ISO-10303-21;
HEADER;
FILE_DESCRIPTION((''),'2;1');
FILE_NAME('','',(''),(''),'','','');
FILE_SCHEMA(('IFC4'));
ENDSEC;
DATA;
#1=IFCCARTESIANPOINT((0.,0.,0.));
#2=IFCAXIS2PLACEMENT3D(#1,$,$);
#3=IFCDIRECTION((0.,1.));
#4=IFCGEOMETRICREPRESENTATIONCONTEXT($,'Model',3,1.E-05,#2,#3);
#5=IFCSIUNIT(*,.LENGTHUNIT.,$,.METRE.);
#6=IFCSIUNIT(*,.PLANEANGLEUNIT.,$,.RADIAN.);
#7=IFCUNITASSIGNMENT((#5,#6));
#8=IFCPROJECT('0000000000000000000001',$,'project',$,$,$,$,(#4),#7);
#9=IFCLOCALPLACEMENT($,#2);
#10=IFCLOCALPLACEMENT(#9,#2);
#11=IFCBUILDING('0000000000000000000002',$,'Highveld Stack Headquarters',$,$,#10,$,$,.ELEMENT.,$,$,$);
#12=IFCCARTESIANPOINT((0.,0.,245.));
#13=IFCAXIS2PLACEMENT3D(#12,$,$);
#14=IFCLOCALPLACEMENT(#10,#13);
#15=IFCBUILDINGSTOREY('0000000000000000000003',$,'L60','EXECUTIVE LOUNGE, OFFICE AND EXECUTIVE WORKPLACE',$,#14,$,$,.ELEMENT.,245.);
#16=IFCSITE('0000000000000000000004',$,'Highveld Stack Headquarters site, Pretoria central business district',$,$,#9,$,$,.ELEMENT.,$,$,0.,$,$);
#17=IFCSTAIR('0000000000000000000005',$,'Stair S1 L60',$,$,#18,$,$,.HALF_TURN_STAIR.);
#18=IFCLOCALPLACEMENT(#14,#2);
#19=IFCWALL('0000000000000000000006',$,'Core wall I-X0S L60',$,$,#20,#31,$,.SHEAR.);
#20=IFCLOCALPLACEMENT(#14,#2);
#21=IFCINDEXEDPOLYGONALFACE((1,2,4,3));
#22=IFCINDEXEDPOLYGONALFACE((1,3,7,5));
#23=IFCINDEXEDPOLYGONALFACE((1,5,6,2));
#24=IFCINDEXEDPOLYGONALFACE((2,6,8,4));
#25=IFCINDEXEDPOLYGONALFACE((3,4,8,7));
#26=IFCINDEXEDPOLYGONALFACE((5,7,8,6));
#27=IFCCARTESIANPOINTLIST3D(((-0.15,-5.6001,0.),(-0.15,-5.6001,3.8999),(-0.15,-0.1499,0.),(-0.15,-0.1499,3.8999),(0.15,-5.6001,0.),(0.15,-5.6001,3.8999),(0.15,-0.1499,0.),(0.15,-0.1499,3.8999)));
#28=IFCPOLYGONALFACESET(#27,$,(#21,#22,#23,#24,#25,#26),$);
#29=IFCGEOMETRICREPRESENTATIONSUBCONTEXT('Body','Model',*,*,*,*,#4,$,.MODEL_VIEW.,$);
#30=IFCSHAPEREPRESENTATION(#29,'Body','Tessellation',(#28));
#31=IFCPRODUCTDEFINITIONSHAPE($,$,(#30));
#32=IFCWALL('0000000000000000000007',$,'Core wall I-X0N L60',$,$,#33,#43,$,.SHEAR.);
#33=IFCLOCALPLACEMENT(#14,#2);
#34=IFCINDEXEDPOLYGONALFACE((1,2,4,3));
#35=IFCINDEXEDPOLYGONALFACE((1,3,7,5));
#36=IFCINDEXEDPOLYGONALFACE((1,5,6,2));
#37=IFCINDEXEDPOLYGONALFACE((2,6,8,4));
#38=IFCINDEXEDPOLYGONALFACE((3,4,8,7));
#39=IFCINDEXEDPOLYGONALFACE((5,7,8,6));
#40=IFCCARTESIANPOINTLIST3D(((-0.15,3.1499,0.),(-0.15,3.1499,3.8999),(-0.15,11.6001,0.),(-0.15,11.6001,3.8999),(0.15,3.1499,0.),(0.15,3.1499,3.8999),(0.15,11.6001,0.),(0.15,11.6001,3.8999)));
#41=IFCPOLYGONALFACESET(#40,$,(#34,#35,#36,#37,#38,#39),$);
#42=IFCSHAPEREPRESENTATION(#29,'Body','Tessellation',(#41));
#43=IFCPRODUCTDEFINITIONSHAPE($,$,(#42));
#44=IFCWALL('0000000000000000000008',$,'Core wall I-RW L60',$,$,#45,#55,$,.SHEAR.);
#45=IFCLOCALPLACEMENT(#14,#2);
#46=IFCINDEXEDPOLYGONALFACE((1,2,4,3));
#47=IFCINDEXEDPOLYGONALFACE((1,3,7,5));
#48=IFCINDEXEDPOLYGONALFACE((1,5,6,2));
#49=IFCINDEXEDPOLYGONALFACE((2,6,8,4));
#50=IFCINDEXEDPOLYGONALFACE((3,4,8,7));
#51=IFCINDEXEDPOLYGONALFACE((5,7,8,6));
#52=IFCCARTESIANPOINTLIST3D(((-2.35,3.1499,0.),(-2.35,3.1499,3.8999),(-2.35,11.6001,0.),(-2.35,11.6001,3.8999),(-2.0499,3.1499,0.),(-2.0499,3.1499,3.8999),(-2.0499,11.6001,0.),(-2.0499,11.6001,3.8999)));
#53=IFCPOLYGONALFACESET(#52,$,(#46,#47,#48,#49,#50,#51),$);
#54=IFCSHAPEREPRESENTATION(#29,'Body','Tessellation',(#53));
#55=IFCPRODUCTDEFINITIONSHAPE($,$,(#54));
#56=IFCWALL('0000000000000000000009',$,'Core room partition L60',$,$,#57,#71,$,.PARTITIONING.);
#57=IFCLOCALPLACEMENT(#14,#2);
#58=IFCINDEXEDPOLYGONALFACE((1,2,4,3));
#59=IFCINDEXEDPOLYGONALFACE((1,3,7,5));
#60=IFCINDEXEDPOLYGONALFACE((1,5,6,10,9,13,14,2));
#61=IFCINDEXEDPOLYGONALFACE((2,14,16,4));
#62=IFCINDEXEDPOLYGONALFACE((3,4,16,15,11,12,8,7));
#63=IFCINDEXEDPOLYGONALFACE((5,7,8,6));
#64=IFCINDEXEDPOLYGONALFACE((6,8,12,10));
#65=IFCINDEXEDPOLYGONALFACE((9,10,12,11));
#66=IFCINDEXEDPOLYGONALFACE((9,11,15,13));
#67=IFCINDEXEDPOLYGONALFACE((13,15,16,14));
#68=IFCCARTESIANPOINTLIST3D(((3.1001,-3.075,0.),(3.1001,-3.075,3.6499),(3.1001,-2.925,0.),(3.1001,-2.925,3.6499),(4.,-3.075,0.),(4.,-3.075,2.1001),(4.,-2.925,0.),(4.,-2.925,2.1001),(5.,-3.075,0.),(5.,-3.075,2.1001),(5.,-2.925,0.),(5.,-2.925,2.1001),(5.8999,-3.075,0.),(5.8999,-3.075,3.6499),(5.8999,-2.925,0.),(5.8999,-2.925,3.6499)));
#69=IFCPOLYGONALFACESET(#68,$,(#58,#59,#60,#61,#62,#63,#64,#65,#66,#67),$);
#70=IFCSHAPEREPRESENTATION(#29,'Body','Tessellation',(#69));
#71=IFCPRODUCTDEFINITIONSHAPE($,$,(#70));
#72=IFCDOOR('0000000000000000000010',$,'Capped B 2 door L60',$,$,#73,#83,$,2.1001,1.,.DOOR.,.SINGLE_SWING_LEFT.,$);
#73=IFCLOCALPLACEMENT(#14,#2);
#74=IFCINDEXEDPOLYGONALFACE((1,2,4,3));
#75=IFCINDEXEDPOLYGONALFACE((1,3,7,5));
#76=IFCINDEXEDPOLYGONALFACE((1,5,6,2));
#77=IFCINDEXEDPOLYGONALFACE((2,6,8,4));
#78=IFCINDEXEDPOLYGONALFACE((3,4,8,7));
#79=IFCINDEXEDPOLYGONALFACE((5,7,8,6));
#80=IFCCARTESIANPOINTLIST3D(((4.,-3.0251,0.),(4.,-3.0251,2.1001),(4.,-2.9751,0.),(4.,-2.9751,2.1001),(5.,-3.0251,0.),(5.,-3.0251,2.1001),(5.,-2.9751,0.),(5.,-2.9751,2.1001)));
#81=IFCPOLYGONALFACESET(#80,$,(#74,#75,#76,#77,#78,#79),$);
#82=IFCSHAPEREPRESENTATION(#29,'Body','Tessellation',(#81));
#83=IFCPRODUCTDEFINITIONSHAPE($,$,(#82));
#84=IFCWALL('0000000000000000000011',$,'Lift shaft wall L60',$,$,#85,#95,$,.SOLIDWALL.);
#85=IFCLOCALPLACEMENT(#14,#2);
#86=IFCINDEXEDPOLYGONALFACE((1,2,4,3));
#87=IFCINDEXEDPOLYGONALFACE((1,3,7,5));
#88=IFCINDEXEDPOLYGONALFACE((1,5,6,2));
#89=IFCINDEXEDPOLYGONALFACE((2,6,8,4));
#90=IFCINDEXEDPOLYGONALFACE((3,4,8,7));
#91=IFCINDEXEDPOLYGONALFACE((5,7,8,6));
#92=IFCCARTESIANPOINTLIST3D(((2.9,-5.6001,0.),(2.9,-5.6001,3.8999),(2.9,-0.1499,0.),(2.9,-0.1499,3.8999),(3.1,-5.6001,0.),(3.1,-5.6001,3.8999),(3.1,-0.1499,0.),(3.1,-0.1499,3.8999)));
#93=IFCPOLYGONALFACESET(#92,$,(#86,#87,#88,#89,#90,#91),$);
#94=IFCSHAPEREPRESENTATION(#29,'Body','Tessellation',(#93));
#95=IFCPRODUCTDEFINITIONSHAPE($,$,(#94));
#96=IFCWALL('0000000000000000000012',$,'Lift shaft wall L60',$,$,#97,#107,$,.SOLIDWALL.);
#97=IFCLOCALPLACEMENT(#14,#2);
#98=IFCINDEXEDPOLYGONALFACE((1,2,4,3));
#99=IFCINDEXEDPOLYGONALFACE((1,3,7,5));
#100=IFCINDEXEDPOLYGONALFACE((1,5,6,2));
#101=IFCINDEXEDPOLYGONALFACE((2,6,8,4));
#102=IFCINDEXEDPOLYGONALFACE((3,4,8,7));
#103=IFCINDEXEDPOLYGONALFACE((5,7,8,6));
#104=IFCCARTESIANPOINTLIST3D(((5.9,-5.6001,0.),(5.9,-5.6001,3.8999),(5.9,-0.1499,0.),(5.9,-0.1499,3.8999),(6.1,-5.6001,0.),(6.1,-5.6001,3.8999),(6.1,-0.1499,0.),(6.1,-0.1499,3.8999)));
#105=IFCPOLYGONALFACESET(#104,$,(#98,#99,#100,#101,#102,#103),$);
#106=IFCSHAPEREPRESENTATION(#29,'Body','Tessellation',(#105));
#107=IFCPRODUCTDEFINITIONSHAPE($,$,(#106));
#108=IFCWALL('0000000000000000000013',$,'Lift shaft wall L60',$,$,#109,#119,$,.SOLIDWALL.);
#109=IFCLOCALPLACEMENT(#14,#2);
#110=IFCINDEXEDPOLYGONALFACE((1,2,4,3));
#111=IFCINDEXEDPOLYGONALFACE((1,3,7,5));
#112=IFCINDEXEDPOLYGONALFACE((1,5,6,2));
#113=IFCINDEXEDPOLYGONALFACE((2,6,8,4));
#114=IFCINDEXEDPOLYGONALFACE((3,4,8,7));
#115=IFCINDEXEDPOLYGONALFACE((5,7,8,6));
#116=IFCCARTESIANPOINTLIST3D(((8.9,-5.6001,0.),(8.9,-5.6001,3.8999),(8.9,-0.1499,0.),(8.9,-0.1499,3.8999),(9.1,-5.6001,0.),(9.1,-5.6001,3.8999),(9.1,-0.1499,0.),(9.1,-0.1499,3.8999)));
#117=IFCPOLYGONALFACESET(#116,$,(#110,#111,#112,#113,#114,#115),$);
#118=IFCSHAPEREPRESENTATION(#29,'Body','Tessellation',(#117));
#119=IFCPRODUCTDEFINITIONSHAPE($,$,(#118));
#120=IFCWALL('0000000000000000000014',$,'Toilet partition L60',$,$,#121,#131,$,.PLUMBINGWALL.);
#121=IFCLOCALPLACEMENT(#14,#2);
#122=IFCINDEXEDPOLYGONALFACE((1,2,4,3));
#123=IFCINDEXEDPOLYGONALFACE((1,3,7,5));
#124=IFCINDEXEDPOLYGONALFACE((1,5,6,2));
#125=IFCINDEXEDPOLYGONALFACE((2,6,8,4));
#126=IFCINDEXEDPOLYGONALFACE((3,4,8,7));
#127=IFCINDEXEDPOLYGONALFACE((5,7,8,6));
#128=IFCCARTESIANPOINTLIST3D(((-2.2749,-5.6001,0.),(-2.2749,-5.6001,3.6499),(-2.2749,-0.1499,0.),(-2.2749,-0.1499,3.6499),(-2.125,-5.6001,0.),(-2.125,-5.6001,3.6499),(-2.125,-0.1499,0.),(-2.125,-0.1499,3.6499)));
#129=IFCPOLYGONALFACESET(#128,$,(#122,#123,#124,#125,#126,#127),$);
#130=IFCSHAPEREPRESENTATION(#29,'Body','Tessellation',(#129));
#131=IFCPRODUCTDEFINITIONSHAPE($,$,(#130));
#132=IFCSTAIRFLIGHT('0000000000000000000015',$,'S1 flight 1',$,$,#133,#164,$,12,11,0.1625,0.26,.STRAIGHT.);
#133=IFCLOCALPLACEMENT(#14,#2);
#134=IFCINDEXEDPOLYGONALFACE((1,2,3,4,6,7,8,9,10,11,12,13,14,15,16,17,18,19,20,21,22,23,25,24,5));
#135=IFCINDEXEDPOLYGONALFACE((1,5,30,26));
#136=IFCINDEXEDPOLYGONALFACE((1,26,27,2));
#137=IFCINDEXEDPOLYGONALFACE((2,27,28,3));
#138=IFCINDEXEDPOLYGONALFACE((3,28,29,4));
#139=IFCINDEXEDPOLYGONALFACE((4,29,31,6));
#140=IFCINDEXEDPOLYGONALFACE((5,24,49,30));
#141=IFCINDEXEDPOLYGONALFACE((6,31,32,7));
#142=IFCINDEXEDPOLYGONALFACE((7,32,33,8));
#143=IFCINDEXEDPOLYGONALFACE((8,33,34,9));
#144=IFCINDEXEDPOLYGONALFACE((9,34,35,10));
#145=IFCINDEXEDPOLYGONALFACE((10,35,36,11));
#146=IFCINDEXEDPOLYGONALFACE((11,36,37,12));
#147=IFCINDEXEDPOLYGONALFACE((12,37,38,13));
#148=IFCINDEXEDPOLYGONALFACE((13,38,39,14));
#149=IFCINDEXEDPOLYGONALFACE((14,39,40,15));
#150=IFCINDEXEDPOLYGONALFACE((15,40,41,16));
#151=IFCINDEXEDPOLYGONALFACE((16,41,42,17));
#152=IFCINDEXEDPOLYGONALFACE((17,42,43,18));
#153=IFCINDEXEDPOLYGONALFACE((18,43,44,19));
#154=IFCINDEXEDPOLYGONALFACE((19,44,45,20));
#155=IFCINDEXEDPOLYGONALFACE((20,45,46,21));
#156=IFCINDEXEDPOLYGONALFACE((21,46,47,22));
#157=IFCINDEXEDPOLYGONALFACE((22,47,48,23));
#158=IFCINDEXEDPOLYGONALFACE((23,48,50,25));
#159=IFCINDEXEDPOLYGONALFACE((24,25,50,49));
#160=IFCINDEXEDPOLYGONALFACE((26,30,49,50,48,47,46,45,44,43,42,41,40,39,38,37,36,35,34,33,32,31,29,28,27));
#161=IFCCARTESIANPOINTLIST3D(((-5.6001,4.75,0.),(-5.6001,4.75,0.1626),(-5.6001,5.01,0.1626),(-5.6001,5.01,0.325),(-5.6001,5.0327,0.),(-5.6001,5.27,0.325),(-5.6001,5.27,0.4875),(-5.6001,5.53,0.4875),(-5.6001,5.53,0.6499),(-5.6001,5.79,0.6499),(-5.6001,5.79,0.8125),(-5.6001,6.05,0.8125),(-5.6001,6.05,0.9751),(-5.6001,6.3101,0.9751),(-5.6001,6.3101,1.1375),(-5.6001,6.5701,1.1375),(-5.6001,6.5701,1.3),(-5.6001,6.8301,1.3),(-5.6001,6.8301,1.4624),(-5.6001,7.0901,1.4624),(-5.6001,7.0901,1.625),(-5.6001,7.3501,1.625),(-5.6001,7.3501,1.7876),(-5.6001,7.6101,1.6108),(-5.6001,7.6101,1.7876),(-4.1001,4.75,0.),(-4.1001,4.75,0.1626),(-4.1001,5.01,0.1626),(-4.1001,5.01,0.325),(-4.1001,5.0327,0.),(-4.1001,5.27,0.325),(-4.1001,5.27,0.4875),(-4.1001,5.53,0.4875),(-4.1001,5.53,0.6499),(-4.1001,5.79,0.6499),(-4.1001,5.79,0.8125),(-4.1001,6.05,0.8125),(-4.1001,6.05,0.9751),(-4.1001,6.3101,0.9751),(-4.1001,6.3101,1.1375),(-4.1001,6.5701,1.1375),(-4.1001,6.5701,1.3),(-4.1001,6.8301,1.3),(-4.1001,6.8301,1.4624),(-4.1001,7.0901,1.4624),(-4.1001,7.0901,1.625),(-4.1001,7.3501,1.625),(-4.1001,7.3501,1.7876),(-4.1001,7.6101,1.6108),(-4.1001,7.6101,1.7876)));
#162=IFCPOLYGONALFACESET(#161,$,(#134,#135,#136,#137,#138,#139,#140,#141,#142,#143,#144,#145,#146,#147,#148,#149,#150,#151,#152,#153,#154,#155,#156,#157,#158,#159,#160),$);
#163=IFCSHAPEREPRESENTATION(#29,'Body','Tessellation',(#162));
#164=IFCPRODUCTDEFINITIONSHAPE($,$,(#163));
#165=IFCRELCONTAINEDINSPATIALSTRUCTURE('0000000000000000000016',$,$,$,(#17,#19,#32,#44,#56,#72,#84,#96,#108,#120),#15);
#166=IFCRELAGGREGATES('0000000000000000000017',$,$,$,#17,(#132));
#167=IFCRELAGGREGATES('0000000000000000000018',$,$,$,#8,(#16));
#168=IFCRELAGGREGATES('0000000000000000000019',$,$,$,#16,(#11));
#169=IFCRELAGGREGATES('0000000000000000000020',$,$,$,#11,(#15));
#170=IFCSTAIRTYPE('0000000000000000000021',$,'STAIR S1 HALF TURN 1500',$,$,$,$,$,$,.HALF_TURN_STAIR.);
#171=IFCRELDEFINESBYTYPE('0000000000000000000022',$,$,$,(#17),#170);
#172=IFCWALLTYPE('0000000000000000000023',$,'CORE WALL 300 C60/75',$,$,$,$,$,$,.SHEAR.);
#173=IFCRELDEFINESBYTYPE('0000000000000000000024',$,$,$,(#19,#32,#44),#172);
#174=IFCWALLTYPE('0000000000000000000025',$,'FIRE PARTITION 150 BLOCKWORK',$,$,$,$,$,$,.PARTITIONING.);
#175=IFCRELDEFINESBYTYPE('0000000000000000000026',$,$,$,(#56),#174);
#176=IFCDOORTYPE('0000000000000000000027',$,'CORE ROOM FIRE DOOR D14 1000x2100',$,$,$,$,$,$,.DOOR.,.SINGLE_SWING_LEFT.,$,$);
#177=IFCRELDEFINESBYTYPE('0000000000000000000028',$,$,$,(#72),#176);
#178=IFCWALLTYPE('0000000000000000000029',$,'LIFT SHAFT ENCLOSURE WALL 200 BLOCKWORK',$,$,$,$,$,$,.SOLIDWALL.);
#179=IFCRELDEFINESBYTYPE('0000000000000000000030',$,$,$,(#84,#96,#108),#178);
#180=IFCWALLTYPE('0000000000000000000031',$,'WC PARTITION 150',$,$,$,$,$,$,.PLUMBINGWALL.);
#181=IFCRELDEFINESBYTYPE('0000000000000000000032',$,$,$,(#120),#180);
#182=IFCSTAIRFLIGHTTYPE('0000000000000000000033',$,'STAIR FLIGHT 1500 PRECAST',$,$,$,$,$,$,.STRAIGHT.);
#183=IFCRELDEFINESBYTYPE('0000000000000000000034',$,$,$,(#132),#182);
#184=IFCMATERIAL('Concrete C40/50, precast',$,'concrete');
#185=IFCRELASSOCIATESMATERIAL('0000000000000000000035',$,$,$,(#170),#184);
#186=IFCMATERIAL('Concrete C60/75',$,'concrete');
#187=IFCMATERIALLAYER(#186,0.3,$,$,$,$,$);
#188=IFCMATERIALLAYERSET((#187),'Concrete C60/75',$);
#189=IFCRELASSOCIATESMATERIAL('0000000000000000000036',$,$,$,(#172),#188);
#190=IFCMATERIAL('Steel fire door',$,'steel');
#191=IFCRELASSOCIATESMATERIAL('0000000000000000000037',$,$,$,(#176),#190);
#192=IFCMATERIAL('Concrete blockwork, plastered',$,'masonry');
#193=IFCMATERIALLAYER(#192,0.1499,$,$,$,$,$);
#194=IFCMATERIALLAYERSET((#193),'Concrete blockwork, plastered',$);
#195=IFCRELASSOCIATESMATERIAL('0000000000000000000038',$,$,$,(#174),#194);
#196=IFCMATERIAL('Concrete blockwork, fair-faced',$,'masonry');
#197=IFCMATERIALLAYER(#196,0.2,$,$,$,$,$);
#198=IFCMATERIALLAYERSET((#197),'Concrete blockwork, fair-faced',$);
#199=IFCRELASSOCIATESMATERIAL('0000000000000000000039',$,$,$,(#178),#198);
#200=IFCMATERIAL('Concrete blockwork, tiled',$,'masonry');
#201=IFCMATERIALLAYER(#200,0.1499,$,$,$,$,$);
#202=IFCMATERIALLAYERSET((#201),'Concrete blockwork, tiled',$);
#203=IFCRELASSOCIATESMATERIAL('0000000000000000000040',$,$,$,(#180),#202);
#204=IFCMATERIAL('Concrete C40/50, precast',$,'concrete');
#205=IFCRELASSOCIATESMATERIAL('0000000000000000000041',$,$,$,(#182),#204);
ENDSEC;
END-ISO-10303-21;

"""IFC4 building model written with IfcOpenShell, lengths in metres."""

from ifc_helpers import new_model, si_unit, direction, frame, frame_2d, origin, place, context, subcontext, project, spatial, polyline, rectangle, outline, extrude, material, layer, layer_set, type_object, element, fill, aggregate, save


model = new_model("IFC4")

# Units and contexts
model_context = context("Model", 3, precision=1e-05, world=origin(), true_north=direction((0.0, 1.0)))
body_context = subcontext(model_context, "Body", "Model", "MODEL_VIEW")
ifc_project = project(units=[si_unit("LENGTHUNIT", "METRE"), si_unit("PLANEANGLEUNIT", "RADIAN")], contexts=[model_context])

# Site, building, storey
site_placement = place(None, origin())
site = spatial("IfcSite", under=ifc_project, at=site_placement, Name="Highveld Stack Headquarters site, Pretoria central business district", CompositionType="ELEMENT", RefElevation=0.0)
building_placement = place(site_placement, origin())
building = spatial("IfcBuilding", under=site, at=building_placement, Name="Highveld Stack Headquarters", CompositionType="ELEMENT")
storey_placement = place(building_placement, frame((0.0, 0.0, 245.0)))
storey = spatial("IfcBuildingStorey", under=building, at=storey_placement, Name="L60", Description="EXECUTIVE LOUNGE, OFFICE AND EXECUTIVE WORKPLACE", CompositionType="ELEMENT", Elevation=245.0)

# Stair
ifc_material_1 = material(Name="Concrete C40/50, precast", Category="concrete")
stair_type_1 = type_object("IfcStairType", Name="STAIR S1 HALF TURN 1500", PredefinedType="HALF_TURN_STAIR", material=ifc_material_1)
stair_1_placement = place(storey_placement, origin())
stair_1 = element("IfcStair", 1, at=stair_1_placement, inside=storey, type_object=stair_type_1, Name="Stair S1 L60", PredefinedType="HALF_TURN_STAIR")

# Shared definitions
ifc_material_2 = material(Name="Concrete C60/75", Category="concrete")
ifc_layer_1 = layer(ifc_material_2, 0.3)
ifc_layer_set_1 = layer_set([ifc_layer_1], Name="Concrete C60/75")
wall_type_1 = type_object("IfcWallType", Name="CORE WALL 300 C60/75", PredefinedType="SHEAR", material=ifc_layer_set_1)
ifc_material_3 = material(Name="Steel fire door", Category="steel")
door_type_1 = type_object("IfcDoorType", Name="CORE ROOM FIRE DOOR D14 1000x2100", OperationType="SINGLE_SWING_LEFT", PredefinedType="DOOR", material=ifc_material_3)

# Walls
wall_1_placement = place(storey_placement, frame((0.0, -5.6001, 0.0), z_axis=(0.0, 0.0, 1.0), x_axis=(0.0, 1.0, 0.0)))
element("IfcWall", 2, at=wall_1_placement, inside=storey, type_object=wall_type_1, Name="Core wall I-X0S L60", PredefinedType="SHEAR", context=body_context, shape_type="SweptSolid", body=[
    extrude(rectangle(XDim=5.4502, YDim=0.3, at=frame_2d((2.7251, 0.0))), origin(), (0.0, 0.0, 1.0), 3.8999),
])
for number, where, z_axis, x_axis, name in (
    (3, (0.0, 3.1499, 0.0), (0.0, 0.0, 1.0), (0.0, 1.0, 0.0), "Core wall I-X0N L60"),
    (4, (-2.2, 3.1499, 0.0), (0.0, 0.0, 1.0), (0.0, 1.0, 0.0), "Core wall I-RW L60"),
):
    element("IfcWall", number, at=place(storey_placement, frame(where, z_axis=z_axis, x_axis=x_axis)), inside=storey, type_object=wall_type_1, Name=name, PredefinedType="SHEAR", context=body_context, shape_type="SweptSolid", body=[
        extrude(rectangle(XDim=8.4502, YDim=0.3, at=frame_2d((4.2251, 0.0))), origin(), (0.0, 0.0, 1.0), 3.8999),
    ])

# Wall, opening, door
ifc_material_4 = material(Name="Concrete blockwork, plastered", Category="masonry")
ifc_layer_2 = layer(ifc_material_4, 0.1499)
ifc_layer_set_2 = layer_set([ifc_layer_2], Name="Concrete blockwork, plastered")
wall_type_2 = type_object("IfcWallType", Name="FIRE PARTITION 150 BLOCKWORK", PredefinedType="PARTITIONING", material=ifc_layer_set_2)
wall_2_placement = place(storey_placement, frame((3.1001, -3.0, 0.0), z_axis=(0.0, 0.0, 1.0), x_axis=(1.0, 0.0, 0.0)))
wall_2 = element("IfcWall", 5, at=wall_2_placement, inside=storey, type_object=wall_type_2, Name="Core room partition L60", PredefinedType="PARTITIONING", context=body_context, shape_type="SweptSolid", body=[
    extrude(rectangle(XDim=2.7998, YDim=0.1499, at=frame_2d((1.3999, 0.0))), origin(), (0.0, 0.0, 1.0), 3.6499),
])
opening_1_placement = place(wall_2_placement, frame((0.8999, 0.0, 0.0)))
opening_1 = element("IfcOpeningElement", 6, at=opening_1_placement, cuts=wall_2, PredefinedType="OPENING", context=body_context, shape_type="SweptSolid", body=[
    extrude(rectangle(XDim=1.0, YDim=2.1001, at=frame_2d((0.5, 1.05))), frame((0.0, 0.085, 0.0), z_axis=(0.0, -1.0, 0.0), x_axis=(1.0, 0.0, 0.0)), (0.0, 0.0, 1.0), 0.1699),
])
door_1_placement = place(opening_1_placement, origin())
door_1 = element("IfcDoor", 7, at=door_1_placement, inside=storey, type_object=door_type_1, Name="Capped B 2 door L60", OperationType="SINGLE_SWING_LEFT", OverallHeight=2.1001, OverallWidth=1.0, PredefinedType="DOOR", context=body_context, shape_type="SweptSolid", body=[
    extrude(rectangle(XDim=1.0, YDim=2.1001, at=frame_2d((0.5, 1.05))), frame((0.0, 0.0249, 0.0), z_axis=(0.0, -1.0, 0.0), x_axis=(1.0, 0.0, 0.0)), (0.0, 0.0, 1.0), 0.05),
])
fill(opening_1, door_1)

# Walls
ifc_material_5 = material(Name="Concrete blockwork, fair-faced", Category="masonry")
ifc_layer_3 = layer(ifc_material_5, 0.2)
ifc_layer_set_3 = layer_set([ifc_layer_3], Name="Concrete blockwork, fair-faced")
wall_type_3 = type_object("IfcWallType", Name="LIFT SHAFT ENCLOSURE WALL 200 BLOCKWORK", PredefinedType="SOLIDWALL", material=ifc_layer_set_3)
for number, where, z_axis, x_axis, name in (
    (8, (3.0, -5.6001, 0.0), (0.0, 0.0, 1.0), (0.0, 1.0, 0.0), "Lift shaft wall L60"),
    (9, (6.0, -5.6001, 0.0), (0.0, 0.0, 1.0), (0.0, 1.0, 0.0), "Lift shaft wall L60"),
    (10, (9.0, -5.6001, 0.0), (0.0, 0.0, 1.0), (0.0, 1.0, 0.0), "Lift shaft wall L60"),
):
    element("IfcWall", number, at=place(storey_placement, frame(where, z_axis=z_axis, x_axis=x_axis)), inside=storey, type_object=wall_type_3, Name=name, PredefinedType="SOLIDWALL", context=body_context, shape_type="SweptSolid", body=[
        extrude(rectangle(XDim=5.4502, YDim=0.2, at=frame_2d((2.7251, 0.0))), origin(), (0.0, 0.0, 1.0), 3.8999),
    ])
ifc_material_6 = material(Name="Concrete blockwork, tiled", Category="masonry")
ifc_layer_4 = layer(ifc_material_6, 0.1499)
ifc_layer_set_4 = layer_set([ifc_layer_4], Name="Concrete blockwork, tiled")
wall_type_4 = type_object("IfcWallType", Name="WC PARTITION 150", PredefinedType="PLUMBINGWALL", material=ifc_layer_set_4)
wall_3_placement = place(storey_placement, frame((-2.2, -5.6001, 0.0), z_axis=(0.0, 0.0, 1.0), x_axis=(0.0, 1.0, 0.0)))
element("IfcWall", 11, at=wall_3_placement, inside=storey, type_object=wall_type_4, Name="Toilet partition L60", PredefinedType="PLUMBINGWALL", context=body_context, shape_type="SweptSolid", body=[
    extrude(rectangle(XDim=5.4502, YDim=0.1499, at=frame_2d((2.7251, 0.0))), origin(), (0.0, 0.0, 1.0), 3.6499),
])

# Stair flight
ifc_material_7 = material(Name="Concrete C40/50, precast", Category="concrete")
stair_flight_type = type_object("IfcStairFlightType", Name="STAIR FLIGHT 1500 PRECAST", PredefinedType="STRAIGHT", material=ifc_material_7)
stair_flight_placement = place(storey_placement, frame((-4.8501, 4.75, 0.0), z_axis=(0.0, 0.0, 1.0), x_axis=(0.0, 1.0, 0.0)))
stair_flight = element("IfcStairFlight", 12, at=stair_flight_placement, type_object=stair_flight_type, Name="S1 flight 1", NumberOfRisers=12, NumberOfTreads=11, PredefinedType="STRAIGHT", RiserHeight=0.1625, TreadLength=0.26, context=body_context, shape_type="SweptSolid", body=[
    extrude(outline(polyline([(0.0, 0.0), (0.0, 0.1626), (0.26, 0.1626), (0.26, 0.325), (0.52, 0.325), (0.52, 0.4875), (0.78, 0.4875), (0.78, 0.6499), (1.04, 0.6499), (1.04, 0.8125), (1.3, 0.8125), (1.3, 0.9751), (1.5601, 0.9751), (1.5601, 1.1375), (1.8201, 1.1375), (1.8201, 1.3), (2.0801, 1.3), (2.0801, 1.4624), (2.3401, 1.4624), (2.3401, 1.625), (2.6001, 1.625), (2.6001, 1.7876), (2.8601, 1.7876), (2.8601, 1.95), (2.8601, 1.6108), (0.2827, 0.0), (0.0, 0.0)])), frame((0.0, 0.75, 0.0), z_axis=(0.0, -1.0, 0.0), x_axis=(1.0, 0.0, 0.0)), (0.0, 0.0, 1.0), 1.5),
])
aggregate(stair_1, [stair_flight])

save(model, "model.ifc")
